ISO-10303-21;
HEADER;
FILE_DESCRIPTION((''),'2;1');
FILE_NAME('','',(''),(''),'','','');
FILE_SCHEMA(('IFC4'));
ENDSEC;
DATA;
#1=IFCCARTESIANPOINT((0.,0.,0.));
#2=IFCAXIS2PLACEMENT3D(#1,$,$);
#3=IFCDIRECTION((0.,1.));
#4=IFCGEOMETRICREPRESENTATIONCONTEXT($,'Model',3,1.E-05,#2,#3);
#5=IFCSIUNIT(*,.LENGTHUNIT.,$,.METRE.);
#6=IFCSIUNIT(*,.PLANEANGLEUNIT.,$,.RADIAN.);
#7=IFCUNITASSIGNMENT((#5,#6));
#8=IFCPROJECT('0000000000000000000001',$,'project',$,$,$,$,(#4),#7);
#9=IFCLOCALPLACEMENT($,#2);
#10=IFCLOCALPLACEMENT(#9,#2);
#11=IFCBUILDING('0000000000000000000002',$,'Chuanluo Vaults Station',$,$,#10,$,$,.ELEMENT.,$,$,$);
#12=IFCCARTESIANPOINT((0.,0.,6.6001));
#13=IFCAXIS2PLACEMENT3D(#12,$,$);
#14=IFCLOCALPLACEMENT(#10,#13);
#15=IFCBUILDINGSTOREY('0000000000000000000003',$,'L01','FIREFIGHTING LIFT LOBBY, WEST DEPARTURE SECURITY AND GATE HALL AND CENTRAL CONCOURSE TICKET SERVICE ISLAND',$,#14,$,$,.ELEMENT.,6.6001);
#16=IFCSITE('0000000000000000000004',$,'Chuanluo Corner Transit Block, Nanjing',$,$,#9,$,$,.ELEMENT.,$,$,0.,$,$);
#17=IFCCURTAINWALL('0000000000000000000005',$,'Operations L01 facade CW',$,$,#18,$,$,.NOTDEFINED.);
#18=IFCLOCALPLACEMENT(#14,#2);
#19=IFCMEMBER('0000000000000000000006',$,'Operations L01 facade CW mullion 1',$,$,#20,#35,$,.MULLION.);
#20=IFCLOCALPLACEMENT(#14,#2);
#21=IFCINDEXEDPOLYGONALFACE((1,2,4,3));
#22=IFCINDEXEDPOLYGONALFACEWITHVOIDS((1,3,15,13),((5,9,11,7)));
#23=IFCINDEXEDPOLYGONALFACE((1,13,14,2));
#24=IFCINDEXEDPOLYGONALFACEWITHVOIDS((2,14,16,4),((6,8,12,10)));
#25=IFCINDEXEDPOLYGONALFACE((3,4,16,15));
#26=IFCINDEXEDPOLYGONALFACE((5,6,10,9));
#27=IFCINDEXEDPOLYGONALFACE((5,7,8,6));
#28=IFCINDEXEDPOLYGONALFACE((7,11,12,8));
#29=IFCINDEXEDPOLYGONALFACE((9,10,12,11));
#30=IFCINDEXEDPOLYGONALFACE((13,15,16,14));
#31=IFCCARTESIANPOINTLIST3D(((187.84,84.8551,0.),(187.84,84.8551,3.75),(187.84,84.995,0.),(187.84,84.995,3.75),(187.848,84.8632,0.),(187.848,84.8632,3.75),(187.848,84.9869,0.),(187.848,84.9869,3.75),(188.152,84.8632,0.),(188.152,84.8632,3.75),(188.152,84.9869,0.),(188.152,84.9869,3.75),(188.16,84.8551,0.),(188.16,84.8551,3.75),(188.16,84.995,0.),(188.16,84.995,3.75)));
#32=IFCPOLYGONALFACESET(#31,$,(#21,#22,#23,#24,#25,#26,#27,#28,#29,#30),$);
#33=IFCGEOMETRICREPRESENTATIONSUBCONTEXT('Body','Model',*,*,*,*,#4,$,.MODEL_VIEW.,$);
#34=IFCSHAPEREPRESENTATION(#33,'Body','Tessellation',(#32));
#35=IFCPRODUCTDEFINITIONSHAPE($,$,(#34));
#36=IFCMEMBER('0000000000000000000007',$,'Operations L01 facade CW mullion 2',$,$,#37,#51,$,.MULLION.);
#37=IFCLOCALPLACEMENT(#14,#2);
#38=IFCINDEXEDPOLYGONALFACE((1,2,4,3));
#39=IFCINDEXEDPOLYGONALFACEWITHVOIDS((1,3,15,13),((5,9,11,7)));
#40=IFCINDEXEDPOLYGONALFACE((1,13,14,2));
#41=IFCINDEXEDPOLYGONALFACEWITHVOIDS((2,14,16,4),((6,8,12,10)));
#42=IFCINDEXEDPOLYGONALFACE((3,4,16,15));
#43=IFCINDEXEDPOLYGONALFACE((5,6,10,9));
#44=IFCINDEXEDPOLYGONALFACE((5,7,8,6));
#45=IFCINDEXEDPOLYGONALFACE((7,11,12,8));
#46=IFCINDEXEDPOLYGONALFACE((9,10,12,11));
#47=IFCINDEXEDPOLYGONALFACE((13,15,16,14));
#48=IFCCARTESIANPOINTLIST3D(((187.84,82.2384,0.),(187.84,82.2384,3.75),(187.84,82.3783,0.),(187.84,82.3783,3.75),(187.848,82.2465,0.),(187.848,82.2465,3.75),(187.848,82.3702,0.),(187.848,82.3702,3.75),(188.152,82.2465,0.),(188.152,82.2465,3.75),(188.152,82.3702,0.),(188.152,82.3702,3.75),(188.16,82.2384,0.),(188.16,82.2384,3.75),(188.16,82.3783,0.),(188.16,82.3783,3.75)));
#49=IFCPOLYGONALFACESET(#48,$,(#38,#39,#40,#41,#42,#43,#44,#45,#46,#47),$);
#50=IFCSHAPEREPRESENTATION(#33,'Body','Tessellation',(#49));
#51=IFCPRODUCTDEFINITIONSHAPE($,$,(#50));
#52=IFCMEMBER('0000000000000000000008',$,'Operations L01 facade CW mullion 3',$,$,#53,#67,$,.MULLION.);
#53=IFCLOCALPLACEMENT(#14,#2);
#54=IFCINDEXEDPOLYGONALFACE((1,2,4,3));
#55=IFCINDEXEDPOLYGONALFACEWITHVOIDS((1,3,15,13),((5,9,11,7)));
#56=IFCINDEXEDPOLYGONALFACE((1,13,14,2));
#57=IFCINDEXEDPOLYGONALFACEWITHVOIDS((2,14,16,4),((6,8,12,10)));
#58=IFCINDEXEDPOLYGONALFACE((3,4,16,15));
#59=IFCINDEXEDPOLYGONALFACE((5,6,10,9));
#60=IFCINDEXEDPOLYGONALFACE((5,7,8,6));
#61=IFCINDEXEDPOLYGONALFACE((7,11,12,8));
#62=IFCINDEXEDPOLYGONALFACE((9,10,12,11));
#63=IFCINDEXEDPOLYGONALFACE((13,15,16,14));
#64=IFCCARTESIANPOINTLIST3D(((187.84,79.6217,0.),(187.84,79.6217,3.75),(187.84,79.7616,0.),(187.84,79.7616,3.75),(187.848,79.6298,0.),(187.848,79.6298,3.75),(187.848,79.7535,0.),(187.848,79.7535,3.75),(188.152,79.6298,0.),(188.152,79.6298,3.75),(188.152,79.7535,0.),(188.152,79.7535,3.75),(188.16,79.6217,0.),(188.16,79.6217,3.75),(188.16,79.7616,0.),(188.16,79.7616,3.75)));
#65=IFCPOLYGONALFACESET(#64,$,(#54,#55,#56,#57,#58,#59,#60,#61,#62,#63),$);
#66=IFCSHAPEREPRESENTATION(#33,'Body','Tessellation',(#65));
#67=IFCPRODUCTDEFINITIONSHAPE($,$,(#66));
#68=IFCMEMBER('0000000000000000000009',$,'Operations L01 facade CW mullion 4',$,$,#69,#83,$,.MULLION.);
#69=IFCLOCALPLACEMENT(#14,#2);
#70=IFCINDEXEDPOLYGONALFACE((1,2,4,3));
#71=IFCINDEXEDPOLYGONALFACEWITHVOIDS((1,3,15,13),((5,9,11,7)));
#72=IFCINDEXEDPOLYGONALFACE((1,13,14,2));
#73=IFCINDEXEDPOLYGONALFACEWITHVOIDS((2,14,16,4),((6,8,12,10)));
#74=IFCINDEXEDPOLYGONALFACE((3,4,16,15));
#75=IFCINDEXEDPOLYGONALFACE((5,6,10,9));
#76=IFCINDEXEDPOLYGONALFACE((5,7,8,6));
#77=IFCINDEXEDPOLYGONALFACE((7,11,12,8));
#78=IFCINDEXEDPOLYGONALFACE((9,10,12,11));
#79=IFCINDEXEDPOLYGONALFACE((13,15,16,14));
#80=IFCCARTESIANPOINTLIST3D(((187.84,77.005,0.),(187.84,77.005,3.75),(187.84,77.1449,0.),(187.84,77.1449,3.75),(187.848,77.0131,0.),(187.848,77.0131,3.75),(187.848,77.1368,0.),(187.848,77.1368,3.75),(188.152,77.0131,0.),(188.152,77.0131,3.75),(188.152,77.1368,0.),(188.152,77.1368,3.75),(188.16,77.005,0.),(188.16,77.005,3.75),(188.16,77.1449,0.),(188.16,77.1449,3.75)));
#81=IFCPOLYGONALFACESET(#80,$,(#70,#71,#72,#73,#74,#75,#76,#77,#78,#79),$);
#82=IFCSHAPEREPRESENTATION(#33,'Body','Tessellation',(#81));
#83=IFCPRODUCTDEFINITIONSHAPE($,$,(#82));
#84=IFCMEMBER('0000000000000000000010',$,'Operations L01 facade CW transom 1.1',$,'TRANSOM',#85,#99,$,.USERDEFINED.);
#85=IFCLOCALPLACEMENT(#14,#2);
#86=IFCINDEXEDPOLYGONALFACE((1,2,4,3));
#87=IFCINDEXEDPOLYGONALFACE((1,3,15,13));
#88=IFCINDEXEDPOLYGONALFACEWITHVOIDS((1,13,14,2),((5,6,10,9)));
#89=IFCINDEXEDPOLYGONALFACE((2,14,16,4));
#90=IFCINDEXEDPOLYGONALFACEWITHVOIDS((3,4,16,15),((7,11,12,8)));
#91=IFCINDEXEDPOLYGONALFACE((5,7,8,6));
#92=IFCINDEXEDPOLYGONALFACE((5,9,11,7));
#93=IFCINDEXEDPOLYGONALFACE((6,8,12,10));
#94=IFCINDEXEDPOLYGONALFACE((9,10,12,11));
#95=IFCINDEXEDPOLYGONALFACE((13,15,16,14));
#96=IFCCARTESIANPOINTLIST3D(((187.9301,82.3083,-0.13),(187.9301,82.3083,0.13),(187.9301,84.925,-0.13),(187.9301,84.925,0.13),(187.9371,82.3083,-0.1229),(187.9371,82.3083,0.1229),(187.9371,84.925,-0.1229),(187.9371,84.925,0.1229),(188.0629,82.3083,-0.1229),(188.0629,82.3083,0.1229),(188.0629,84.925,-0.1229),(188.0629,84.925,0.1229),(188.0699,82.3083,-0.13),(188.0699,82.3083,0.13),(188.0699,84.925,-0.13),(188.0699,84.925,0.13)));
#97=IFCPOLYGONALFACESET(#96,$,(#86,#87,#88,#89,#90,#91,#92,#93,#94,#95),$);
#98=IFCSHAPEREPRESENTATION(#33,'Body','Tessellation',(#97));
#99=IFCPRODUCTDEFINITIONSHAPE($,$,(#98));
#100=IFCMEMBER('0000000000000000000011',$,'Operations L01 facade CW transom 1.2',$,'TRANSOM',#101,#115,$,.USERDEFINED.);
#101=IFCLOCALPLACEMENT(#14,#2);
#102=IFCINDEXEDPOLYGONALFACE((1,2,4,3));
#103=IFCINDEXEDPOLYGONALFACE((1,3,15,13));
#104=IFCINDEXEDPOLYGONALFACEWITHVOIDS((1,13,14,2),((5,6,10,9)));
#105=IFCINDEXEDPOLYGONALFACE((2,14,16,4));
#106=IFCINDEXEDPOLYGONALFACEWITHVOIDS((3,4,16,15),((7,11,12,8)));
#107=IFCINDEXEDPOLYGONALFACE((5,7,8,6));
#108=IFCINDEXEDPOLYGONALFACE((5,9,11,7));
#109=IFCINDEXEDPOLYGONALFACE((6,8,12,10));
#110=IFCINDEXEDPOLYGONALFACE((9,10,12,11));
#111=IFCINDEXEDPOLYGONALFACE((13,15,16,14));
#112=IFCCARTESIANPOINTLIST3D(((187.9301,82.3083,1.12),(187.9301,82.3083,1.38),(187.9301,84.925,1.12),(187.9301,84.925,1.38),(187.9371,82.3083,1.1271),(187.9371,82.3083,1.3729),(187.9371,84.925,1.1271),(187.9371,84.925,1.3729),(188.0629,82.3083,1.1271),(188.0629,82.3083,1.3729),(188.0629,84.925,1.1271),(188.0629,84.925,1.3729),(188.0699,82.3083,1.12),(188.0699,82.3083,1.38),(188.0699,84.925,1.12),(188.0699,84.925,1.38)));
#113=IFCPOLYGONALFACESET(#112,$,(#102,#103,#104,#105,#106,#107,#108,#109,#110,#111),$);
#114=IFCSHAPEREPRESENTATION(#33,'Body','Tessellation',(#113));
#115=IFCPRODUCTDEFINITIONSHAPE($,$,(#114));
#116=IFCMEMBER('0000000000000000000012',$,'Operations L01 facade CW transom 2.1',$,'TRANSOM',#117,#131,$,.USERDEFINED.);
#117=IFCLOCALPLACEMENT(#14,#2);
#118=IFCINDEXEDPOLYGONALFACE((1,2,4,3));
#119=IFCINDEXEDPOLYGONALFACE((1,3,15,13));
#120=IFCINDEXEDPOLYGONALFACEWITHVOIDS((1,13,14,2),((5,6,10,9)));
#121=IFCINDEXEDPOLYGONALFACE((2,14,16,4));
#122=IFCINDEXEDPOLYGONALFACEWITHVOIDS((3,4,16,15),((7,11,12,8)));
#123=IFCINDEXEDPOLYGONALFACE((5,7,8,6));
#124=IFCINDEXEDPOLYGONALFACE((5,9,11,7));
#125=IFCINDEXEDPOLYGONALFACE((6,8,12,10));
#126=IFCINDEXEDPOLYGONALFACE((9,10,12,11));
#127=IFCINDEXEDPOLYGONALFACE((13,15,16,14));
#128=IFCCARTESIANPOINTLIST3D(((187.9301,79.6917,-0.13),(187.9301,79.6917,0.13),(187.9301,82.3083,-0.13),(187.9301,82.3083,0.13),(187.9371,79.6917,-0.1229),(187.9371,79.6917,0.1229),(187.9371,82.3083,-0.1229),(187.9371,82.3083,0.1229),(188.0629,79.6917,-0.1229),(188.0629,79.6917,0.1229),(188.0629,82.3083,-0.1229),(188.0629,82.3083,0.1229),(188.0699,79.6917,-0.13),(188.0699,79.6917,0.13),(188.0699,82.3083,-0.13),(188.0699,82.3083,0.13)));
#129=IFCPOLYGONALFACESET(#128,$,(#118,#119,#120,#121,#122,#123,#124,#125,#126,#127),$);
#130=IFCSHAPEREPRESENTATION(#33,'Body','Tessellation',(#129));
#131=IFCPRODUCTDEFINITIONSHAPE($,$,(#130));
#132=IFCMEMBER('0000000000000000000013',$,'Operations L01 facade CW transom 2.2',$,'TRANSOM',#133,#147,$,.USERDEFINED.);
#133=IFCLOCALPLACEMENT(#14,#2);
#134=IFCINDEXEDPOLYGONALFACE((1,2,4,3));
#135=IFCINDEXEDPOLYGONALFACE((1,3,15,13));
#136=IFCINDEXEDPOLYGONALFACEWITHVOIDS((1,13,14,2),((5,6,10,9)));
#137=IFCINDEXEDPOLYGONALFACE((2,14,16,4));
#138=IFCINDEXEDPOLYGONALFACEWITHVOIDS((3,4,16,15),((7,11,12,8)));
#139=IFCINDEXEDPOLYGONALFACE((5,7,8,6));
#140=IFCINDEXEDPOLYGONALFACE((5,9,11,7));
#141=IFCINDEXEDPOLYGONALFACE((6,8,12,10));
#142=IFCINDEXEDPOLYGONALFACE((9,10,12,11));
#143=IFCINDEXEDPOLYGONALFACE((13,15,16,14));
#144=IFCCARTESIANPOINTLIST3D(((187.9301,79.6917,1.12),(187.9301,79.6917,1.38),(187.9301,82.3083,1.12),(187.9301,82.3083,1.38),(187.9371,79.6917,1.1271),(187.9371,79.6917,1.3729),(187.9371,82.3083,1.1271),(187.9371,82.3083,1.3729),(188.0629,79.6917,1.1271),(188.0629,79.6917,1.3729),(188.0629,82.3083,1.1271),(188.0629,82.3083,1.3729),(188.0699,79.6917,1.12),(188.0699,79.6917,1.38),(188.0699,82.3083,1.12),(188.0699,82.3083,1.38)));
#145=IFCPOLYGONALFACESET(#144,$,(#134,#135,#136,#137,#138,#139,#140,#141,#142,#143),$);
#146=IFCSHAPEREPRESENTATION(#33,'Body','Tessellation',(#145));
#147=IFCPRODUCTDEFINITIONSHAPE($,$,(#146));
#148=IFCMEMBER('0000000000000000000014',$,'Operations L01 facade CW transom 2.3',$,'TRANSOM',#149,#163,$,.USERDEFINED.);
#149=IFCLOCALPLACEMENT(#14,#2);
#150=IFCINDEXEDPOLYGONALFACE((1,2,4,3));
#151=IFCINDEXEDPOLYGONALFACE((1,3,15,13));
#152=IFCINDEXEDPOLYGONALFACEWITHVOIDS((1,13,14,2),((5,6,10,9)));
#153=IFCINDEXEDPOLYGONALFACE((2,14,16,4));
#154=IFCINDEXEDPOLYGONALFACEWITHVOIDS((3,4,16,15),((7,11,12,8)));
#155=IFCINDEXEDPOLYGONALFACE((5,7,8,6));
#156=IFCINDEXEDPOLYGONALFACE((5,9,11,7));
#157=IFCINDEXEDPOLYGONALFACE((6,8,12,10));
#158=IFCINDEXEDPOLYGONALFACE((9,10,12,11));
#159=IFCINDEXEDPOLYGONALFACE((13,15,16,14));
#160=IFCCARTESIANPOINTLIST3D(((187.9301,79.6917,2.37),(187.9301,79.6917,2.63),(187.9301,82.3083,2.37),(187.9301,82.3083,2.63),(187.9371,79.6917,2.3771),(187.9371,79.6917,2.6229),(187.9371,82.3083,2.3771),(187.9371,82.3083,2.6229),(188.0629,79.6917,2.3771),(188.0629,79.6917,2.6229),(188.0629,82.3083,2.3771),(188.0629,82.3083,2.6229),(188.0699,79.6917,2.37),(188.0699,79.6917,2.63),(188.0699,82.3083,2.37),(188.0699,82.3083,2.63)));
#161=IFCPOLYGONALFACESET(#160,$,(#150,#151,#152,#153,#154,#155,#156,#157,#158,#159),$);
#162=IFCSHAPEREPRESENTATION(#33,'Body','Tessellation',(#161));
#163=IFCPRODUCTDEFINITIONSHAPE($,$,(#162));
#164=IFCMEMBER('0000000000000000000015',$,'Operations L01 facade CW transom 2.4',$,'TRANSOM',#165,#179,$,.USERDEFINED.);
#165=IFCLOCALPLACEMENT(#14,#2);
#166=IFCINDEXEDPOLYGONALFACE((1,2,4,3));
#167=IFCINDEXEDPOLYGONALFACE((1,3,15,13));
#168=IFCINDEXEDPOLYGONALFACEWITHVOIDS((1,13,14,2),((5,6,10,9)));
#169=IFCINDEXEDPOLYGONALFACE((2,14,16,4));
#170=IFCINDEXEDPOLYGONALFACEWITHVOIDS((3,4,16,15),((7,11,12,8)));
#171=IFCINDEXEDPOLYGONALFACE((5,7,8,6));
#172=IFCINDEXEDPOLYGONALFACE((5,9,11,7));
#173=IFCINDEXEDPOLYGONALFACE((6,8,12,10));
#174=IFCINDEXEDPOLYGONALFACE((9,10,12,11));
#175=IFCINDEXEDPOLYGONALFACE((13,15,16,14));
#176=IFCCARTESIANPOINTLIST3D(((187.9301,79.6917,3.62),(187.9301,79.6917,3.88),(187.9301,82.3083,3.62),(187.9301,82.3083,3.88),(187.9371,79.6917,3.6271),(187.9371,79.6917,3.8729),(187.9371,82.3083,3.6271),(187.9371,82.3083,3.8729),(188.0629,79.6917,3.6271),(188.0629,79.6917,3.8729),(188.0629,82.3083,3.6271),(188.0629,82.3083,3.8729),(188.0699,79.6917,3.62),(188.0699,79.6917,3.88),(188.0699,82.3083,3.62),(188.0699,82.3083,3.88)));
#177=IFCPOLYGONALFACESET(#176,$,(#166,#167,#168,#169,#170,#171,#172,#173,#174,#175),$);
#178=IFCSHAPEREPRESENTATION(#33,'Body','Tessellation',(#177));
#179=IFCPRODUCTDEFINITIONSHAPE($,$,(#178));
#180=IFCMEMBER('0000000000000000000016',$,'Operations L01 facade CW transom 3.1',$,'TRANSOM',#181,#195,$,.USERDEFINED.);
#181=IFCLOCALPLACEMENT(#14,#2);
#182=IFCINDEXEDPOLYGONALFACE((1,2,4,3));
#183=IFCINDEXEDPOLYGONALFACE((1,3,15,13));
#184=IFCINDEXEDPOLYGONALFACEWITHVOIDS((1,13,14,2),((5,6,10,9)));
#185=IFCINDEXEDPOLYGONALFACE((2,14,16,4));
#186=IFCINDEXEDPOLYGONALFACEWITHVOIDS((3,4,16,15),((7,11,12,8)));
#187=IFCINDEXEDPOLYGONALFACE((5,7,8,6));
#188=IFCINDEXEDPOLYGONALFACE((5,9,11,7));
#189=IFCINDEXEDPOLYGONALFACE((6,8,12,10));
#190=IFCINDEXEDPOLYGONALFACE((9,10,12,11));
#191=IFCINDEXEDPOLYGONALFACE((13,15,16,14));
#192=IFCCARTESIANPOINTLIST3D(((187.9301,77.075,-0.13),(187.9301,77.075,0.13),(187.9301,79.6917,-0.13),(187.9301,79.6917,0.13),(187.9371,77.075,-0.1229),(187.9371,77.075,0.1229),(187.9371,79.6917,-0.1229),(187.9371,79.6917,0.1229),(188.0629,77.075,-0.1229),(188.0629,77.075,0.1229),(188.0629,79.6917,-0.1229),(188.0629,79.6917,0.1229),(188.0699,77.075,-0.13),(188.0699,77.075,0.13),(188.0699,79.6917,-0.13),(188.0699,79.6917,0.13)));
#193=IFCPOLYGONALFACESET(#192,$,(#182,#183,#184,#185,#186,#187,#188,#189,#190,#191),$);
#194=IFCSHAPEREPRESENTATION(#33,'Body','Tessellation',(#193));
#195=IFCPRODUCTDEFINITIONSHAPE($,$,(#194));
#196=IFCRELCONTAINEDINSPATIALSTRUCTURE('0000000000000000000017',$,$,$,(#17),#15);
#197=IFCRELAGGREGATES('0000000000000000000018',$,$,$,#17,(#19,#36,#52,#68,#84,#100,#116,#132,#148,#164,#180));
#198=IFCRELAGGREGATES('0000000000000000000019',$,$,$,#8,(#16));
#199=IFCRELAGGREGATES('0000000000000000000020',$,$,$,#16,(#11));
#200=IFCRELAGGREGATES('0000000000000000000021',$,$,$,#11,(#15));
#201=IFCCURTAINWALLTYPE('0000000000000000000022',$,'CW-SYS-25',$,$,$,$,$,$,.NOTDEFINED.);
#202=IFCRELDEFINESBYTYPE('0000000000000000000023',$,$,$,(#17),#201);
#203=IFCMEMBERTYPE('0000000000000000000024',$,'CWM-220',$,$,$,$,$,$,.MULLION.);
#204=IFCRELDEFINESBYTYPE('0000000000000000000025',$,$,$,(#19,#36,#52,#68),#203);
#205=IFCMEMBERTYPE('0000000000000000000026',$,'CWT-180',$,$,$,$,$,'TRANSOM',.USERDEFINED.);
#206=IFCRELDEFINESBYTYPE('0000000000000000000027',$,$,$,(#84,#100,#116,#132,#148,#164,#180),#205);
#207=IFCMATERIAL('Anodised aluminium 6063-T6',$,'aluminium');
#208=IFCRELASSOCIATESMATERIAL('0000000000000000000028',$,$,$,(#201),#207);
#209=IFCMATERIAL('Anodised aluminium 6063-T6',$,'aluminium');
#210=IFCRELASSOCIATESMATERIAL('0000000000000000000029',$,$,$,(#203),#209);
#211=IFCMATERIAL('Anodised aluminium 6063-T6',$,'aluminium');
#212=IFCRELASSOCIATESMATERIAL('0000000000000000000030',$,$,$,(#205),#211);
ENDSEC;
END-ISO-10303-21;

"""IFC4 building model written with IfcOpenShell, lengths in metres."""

from ifc_helpers import new_model, si_unit, direction, frame, origin, origin_2d, place, context, subcontext, project, spatial, hollow_rectangle, extrude, material, material_profile, profile_set, type_object, element, aggregate, save


model = new_model("IFC4")

# Units and contexts
model_context = context("Model", 3, precision=1e-05, world=origin(), true_north=direction((0.0, 1.0)))
body_context = subcontext(model_context, "Body", "Model", "MODEL_VIEW")
ifc_project = project(units=[si_unit("LENGTHUNIT", "METRE"), si_unit("PLANEANGLEUNIT", "RADIAN")], contexts=[model_context])

# Site, building, storey
site_placement = place(None, origin())
site = spatial("IfcSite", under=ifc_project, at=site_placement, Name="Chuanluo Corner Transit Block, Nanjing", CompositionType="ELEMENT", RefElevation=0.0)
building_placement = place(site_placement, origin())
building = spatial("IfcBuilding", under=site, at=building_placement, Name="Chuanluo Vaults Station", CompositionType="ELEMENT")
storey_placement = place(building_placement, frame((0.0, 0.0, 6.6001)))
storey = spatial("IfcBuildingStorey", under=building, at=storey_placement, Name="L01", Description="FIREFIGHTING LIFT LOBBY, WEST DEPARTURE SECURITY AND GATE HALL AND CENTRAL CONCOURSE TICKET SERVICE ISLAND", CompositionType="ELEMENT", Elevation=6.6001)

# Curtain wall, members
ifc_material_1 = material(Name="Anodised aluminium 6063-T6", Category="aluminium")
curtain_wall_type = type_object("IfcCurtainWallType", Name="CW-SYS-25", PredefinedType="NOTDEFINED", material=ifc_material_1)
curtain_wall_placement = place(storey_placement, origin())
curtain_wall = element("IfcCurtainWall", 1, at=curtain_wall_placement, inside=storey, type_object=curtain_wall_type, Name="Operations L01 facade CW", PredefinedType="NOTDEFINED")
ifc_material_2 = material(Name="Anodised aluminium 6063-T6", Category="aluminium")
ifc_material_profile_1 = material_profile(ifc_material_2, hollow_rectangle(XDim=0.1399, YDim=0.3201, WallThickness=0.0081, at=origin_2d()))
ifc_profile_set_1 = profile_set([ifc_material_profile_1], Name="Anodised aluminium 6063-T6")
member_type_1 = type_object("IfcMemberType", Name="CWM-220", PredefinedType="MULLION", material=ifc_profile_set_1)
member_1_placement = place(storey_placement, frame((188.0, 84.925, 0.0), z_axis=(0.0, 0.0, 1.0), x_axis=(0.0, -1.0, 0.0)))
member_1 = element("IfcMember", 2, at=member_1_placement, type_object=member_type_1, Name="Operations L01 facade CW mullion 1", PredefinedType="MULLION", context=body_context, shape_type="SweptSolid", body=[
    extrude(hollow_rectangle(XDim=0.1399, YDim=0.3201, WallThickness=0.0081, at=origin_2d()), origin(), (0.0, 0.0, 1.0), 3.75),
])
member_2_placement = place(storey_placement, frame((188.0, 82.3083, 0.0), z_axis=(0.0, 0.0, 1.0), x_axis=(0.0, -1.0, 0.0)))
member_2 = element("IfcMember", 3, at=member_2_placement, type_object=member_type_1, Name="Operations L01 facade CW mullion 2", PredefinedType="MULLION", context=body_context, shape_type="SweptSolid", body=[
    extrude(hollow_rectangle(XDim=0.1399, YDim=0.3201, WallThickness=0.0081, at=origin_2d()), origin(), (0.0, 0.0, 1.0), 3.75),
])
member_3_placement = place(storey_placement, frame((188.0, 79.6917, 0.0), z_axis=(0.0, 0.0, 1.0), x_axis=(0.0, -1.0, 0.0)))
member_3 = element("IfcMember", 4, at=member_3_placement, type_object=member_type_1, Name="Operations L01 facade CW mullion 3", PredefinedType="MULLION", context=body_context, shape_type="SweptSolid", body=[
    extrude(hollow_rectangle(XDim=0.1399, YDim=0.3201, WallThickness=0.0081, at=origin_2d()), origin(), (0.0, 0.0, 1.0), 3.75),
])
member_4_placement = place(storey_placement, frame((188.0, 77.075, 0.0), z_axis=(0.0, 0.0, 1.0), x_axis=(0.0, -1.0, 0.0)))
member_4 = element("IfcMember", 5, at=member_4_placement, type_object=member_type_1, Name="Operations L01 facade CW mullion 4", PredefinedType="MULLION", context=body_context, shape_type="SweptSolid", body=[
    extrude(hollow_rectangle(XDim=0.1399, YDim=0.3201, WallThickness=0.0081, at=origin_2d()), origin(), (0.0, 0.0, 1.0), 3.75),
])
ifc_material_3 = material(Name="Anodised aluminium 6063-T6", Category="aluminium")
ifc_material_profile_2 = material_profile(ifc_material_3, hollow_rectangle(XDim=0.1399, YDim=0.26, WallThickness=0.0071, at=origin_2d()))
ifc_profile_set_2 = profile_set([ifc_material_profile_2], Name="Anodised aluminium 6063-T6")
member_type_2 = type_object("IfcMemberType", Name="CWT-180", ElementType="TRANSOM", PredefinedType="USERDEFINED", material=ifc_profile_set_2)
member_5_placement = place(storey_placement, frame((188.0, 84.925, 0.0), z_axis=(0.0, -1.0, 0.0), x_axis=(1.0, 0.0, 0.0)))
member_5 = element("IfcMember", 6, at=member_5_placement, type_object=member_type_2, Name="Operations L01 facade CW transom 1.1", ObjectType="TRANSOM", PredefinedType="USERDEFINED", context=body_context, shape_type="SweptSolid", body=[
    extrude(hollow_rectangle(XDim=0.1399, YDim=0.26, WallThickness=0.0071, at=origin_2d()), origin(), (0.0, 0.0, 1.0), 2.6167),
])
member_6_placement = place(storey_placement, frame((188.0, 84.925, 1.25), z_axis=(0.0, -1.0, 0.0), x_axis=(1.0, 0.0, 0.0)))
member_6 = element("IfcMember", 7, at=member_6_placement, type_object=member_type_2, Name="Operations L01 facade CW transom 1.2", ObjectType="TRANSOM", PredefinedType="USERDEFINED", context=body_context, shape_type="SweptSolid", body=[
    extrude(hollow_rectangle(XDim=0.1399, YDim=0.26, WallThickness=0.0071, at=origin_2d()), origin(), (0.0, 0.0, 1.0), 2.6167),
])
member_7_placement = place(storey_placement, frame((188.0, 82.3083, 0.0), z_axis=(0.0, -1.0, 0.0), x_axis=(1.0, 0.0, 0.0)))
member_7 = element("IfcMember", 8, at=member_7_placement, type_object=member_type_2, Name="Operations L01 facade CW transom 2.1", ObjectType="TRANSOM", PredefinedType="USERDEFINED", context=body_context, shape_type="SweptSolid", body=[
    extrude(hollow_rectangle(XDim=0.1399, YDim=0.26, WallThickness=0.0071, at=origin_2d()), origin(), (0.0, 0.0, 1.0), 2.6167),
])
member_8_placement = place(storey_placement, frame((188.0, 82.3083, 1.25), z_axis=(0.0, -1.0, 0.0), x_axis=(1.0, 0.0, 0.0)))
member_8 = element("IfcMember", 9, at=member_8_placement, type_object=member_type_2, Name="Operations L01 facade CW transom 2.2", ObjectType="TRANSOM", PredefinedType="USERDEFINED", context=body_context, shape_type="SweptSolid", body=[
    extrude(hollow_rectangle(XDim=0.1399, YDim=0.26, WallThickness=0.0071, at=origin_2d()), origin(), (0.0, 0.0, 1.0), 2.6167),
])
member_9_placement = place(storey_placement, frame((188.0, 82.3083, 2.5), z_axis=(0.0, -1.0, 0.0), x_axis=(1.0, 0.0, 0.0)))
member_9 = element("IfcMember", 10, at=member_9_placement, type_object=member_type_2, Name="Operations L01 facade CW transom 2.3", ObjectType="TRANSOM", PredefinedType="USERDEFINED", context=body_context, shape_type="SweptSolid", body=[
    extrude(hollow_rectangle(XDim=0.1399, YDim=0.26, WallThickness=0.0071, at=origin_2d()), origin(), (0.0, 0.0, 1.0), 2.6167),
])
member_10_placement = place(storey_placement, frame((188.0, 82.3083, 3.75), z_axis=(0.0, -1.0, 0.0), x_axis=(1.0, 0.0, 0.0)))
member_10 = element("IfcMember", 11, at=member_10_placement, type_object=member_type_2, Name="Operations L01 facade CW transom 2.4", ObjectType="TRANSOM", PredefinedType="USERDEFINED", context=body_context, shape_type="SweptSolid", body=[
    extrude(hollow_rectangle(XDim=0.1399, YDim=0.26, WallThickness=0.0071, at=origin_2d()), origin(), (0.0, 0.0, 1.0), 2.6167),
])
member_11_placement = place(storey_placement, frame((188.0, 79.6917, 0.0), z_axis=(0.0, -1.0, 0.0), x_axis=(1.0, 0.0, 0.0)))
member_11 = element("IfcMember", 12, at=member_11_placement, type_object=member_type_2, Name="Operations L01 facade CW transom 3.1", ObjectType="TRANSOM", PredefinedType="USERDEFINED", context=body_context, shape_type="SweptSolid", body=[
    extrude(hollow_rectangle(XDim=0.1399, YDim=0.26, WallThickness=0.0071, at=origin_2d()), origin(), (0.0, 0.0, 1.0), 2.6167),
])
aggregate(curtain_wall, [member_1, member_2, member_3, member_4, member_5, member_6, member_7, member_8, member_9, member_10, member_11])

save(model, "model.ifc")
